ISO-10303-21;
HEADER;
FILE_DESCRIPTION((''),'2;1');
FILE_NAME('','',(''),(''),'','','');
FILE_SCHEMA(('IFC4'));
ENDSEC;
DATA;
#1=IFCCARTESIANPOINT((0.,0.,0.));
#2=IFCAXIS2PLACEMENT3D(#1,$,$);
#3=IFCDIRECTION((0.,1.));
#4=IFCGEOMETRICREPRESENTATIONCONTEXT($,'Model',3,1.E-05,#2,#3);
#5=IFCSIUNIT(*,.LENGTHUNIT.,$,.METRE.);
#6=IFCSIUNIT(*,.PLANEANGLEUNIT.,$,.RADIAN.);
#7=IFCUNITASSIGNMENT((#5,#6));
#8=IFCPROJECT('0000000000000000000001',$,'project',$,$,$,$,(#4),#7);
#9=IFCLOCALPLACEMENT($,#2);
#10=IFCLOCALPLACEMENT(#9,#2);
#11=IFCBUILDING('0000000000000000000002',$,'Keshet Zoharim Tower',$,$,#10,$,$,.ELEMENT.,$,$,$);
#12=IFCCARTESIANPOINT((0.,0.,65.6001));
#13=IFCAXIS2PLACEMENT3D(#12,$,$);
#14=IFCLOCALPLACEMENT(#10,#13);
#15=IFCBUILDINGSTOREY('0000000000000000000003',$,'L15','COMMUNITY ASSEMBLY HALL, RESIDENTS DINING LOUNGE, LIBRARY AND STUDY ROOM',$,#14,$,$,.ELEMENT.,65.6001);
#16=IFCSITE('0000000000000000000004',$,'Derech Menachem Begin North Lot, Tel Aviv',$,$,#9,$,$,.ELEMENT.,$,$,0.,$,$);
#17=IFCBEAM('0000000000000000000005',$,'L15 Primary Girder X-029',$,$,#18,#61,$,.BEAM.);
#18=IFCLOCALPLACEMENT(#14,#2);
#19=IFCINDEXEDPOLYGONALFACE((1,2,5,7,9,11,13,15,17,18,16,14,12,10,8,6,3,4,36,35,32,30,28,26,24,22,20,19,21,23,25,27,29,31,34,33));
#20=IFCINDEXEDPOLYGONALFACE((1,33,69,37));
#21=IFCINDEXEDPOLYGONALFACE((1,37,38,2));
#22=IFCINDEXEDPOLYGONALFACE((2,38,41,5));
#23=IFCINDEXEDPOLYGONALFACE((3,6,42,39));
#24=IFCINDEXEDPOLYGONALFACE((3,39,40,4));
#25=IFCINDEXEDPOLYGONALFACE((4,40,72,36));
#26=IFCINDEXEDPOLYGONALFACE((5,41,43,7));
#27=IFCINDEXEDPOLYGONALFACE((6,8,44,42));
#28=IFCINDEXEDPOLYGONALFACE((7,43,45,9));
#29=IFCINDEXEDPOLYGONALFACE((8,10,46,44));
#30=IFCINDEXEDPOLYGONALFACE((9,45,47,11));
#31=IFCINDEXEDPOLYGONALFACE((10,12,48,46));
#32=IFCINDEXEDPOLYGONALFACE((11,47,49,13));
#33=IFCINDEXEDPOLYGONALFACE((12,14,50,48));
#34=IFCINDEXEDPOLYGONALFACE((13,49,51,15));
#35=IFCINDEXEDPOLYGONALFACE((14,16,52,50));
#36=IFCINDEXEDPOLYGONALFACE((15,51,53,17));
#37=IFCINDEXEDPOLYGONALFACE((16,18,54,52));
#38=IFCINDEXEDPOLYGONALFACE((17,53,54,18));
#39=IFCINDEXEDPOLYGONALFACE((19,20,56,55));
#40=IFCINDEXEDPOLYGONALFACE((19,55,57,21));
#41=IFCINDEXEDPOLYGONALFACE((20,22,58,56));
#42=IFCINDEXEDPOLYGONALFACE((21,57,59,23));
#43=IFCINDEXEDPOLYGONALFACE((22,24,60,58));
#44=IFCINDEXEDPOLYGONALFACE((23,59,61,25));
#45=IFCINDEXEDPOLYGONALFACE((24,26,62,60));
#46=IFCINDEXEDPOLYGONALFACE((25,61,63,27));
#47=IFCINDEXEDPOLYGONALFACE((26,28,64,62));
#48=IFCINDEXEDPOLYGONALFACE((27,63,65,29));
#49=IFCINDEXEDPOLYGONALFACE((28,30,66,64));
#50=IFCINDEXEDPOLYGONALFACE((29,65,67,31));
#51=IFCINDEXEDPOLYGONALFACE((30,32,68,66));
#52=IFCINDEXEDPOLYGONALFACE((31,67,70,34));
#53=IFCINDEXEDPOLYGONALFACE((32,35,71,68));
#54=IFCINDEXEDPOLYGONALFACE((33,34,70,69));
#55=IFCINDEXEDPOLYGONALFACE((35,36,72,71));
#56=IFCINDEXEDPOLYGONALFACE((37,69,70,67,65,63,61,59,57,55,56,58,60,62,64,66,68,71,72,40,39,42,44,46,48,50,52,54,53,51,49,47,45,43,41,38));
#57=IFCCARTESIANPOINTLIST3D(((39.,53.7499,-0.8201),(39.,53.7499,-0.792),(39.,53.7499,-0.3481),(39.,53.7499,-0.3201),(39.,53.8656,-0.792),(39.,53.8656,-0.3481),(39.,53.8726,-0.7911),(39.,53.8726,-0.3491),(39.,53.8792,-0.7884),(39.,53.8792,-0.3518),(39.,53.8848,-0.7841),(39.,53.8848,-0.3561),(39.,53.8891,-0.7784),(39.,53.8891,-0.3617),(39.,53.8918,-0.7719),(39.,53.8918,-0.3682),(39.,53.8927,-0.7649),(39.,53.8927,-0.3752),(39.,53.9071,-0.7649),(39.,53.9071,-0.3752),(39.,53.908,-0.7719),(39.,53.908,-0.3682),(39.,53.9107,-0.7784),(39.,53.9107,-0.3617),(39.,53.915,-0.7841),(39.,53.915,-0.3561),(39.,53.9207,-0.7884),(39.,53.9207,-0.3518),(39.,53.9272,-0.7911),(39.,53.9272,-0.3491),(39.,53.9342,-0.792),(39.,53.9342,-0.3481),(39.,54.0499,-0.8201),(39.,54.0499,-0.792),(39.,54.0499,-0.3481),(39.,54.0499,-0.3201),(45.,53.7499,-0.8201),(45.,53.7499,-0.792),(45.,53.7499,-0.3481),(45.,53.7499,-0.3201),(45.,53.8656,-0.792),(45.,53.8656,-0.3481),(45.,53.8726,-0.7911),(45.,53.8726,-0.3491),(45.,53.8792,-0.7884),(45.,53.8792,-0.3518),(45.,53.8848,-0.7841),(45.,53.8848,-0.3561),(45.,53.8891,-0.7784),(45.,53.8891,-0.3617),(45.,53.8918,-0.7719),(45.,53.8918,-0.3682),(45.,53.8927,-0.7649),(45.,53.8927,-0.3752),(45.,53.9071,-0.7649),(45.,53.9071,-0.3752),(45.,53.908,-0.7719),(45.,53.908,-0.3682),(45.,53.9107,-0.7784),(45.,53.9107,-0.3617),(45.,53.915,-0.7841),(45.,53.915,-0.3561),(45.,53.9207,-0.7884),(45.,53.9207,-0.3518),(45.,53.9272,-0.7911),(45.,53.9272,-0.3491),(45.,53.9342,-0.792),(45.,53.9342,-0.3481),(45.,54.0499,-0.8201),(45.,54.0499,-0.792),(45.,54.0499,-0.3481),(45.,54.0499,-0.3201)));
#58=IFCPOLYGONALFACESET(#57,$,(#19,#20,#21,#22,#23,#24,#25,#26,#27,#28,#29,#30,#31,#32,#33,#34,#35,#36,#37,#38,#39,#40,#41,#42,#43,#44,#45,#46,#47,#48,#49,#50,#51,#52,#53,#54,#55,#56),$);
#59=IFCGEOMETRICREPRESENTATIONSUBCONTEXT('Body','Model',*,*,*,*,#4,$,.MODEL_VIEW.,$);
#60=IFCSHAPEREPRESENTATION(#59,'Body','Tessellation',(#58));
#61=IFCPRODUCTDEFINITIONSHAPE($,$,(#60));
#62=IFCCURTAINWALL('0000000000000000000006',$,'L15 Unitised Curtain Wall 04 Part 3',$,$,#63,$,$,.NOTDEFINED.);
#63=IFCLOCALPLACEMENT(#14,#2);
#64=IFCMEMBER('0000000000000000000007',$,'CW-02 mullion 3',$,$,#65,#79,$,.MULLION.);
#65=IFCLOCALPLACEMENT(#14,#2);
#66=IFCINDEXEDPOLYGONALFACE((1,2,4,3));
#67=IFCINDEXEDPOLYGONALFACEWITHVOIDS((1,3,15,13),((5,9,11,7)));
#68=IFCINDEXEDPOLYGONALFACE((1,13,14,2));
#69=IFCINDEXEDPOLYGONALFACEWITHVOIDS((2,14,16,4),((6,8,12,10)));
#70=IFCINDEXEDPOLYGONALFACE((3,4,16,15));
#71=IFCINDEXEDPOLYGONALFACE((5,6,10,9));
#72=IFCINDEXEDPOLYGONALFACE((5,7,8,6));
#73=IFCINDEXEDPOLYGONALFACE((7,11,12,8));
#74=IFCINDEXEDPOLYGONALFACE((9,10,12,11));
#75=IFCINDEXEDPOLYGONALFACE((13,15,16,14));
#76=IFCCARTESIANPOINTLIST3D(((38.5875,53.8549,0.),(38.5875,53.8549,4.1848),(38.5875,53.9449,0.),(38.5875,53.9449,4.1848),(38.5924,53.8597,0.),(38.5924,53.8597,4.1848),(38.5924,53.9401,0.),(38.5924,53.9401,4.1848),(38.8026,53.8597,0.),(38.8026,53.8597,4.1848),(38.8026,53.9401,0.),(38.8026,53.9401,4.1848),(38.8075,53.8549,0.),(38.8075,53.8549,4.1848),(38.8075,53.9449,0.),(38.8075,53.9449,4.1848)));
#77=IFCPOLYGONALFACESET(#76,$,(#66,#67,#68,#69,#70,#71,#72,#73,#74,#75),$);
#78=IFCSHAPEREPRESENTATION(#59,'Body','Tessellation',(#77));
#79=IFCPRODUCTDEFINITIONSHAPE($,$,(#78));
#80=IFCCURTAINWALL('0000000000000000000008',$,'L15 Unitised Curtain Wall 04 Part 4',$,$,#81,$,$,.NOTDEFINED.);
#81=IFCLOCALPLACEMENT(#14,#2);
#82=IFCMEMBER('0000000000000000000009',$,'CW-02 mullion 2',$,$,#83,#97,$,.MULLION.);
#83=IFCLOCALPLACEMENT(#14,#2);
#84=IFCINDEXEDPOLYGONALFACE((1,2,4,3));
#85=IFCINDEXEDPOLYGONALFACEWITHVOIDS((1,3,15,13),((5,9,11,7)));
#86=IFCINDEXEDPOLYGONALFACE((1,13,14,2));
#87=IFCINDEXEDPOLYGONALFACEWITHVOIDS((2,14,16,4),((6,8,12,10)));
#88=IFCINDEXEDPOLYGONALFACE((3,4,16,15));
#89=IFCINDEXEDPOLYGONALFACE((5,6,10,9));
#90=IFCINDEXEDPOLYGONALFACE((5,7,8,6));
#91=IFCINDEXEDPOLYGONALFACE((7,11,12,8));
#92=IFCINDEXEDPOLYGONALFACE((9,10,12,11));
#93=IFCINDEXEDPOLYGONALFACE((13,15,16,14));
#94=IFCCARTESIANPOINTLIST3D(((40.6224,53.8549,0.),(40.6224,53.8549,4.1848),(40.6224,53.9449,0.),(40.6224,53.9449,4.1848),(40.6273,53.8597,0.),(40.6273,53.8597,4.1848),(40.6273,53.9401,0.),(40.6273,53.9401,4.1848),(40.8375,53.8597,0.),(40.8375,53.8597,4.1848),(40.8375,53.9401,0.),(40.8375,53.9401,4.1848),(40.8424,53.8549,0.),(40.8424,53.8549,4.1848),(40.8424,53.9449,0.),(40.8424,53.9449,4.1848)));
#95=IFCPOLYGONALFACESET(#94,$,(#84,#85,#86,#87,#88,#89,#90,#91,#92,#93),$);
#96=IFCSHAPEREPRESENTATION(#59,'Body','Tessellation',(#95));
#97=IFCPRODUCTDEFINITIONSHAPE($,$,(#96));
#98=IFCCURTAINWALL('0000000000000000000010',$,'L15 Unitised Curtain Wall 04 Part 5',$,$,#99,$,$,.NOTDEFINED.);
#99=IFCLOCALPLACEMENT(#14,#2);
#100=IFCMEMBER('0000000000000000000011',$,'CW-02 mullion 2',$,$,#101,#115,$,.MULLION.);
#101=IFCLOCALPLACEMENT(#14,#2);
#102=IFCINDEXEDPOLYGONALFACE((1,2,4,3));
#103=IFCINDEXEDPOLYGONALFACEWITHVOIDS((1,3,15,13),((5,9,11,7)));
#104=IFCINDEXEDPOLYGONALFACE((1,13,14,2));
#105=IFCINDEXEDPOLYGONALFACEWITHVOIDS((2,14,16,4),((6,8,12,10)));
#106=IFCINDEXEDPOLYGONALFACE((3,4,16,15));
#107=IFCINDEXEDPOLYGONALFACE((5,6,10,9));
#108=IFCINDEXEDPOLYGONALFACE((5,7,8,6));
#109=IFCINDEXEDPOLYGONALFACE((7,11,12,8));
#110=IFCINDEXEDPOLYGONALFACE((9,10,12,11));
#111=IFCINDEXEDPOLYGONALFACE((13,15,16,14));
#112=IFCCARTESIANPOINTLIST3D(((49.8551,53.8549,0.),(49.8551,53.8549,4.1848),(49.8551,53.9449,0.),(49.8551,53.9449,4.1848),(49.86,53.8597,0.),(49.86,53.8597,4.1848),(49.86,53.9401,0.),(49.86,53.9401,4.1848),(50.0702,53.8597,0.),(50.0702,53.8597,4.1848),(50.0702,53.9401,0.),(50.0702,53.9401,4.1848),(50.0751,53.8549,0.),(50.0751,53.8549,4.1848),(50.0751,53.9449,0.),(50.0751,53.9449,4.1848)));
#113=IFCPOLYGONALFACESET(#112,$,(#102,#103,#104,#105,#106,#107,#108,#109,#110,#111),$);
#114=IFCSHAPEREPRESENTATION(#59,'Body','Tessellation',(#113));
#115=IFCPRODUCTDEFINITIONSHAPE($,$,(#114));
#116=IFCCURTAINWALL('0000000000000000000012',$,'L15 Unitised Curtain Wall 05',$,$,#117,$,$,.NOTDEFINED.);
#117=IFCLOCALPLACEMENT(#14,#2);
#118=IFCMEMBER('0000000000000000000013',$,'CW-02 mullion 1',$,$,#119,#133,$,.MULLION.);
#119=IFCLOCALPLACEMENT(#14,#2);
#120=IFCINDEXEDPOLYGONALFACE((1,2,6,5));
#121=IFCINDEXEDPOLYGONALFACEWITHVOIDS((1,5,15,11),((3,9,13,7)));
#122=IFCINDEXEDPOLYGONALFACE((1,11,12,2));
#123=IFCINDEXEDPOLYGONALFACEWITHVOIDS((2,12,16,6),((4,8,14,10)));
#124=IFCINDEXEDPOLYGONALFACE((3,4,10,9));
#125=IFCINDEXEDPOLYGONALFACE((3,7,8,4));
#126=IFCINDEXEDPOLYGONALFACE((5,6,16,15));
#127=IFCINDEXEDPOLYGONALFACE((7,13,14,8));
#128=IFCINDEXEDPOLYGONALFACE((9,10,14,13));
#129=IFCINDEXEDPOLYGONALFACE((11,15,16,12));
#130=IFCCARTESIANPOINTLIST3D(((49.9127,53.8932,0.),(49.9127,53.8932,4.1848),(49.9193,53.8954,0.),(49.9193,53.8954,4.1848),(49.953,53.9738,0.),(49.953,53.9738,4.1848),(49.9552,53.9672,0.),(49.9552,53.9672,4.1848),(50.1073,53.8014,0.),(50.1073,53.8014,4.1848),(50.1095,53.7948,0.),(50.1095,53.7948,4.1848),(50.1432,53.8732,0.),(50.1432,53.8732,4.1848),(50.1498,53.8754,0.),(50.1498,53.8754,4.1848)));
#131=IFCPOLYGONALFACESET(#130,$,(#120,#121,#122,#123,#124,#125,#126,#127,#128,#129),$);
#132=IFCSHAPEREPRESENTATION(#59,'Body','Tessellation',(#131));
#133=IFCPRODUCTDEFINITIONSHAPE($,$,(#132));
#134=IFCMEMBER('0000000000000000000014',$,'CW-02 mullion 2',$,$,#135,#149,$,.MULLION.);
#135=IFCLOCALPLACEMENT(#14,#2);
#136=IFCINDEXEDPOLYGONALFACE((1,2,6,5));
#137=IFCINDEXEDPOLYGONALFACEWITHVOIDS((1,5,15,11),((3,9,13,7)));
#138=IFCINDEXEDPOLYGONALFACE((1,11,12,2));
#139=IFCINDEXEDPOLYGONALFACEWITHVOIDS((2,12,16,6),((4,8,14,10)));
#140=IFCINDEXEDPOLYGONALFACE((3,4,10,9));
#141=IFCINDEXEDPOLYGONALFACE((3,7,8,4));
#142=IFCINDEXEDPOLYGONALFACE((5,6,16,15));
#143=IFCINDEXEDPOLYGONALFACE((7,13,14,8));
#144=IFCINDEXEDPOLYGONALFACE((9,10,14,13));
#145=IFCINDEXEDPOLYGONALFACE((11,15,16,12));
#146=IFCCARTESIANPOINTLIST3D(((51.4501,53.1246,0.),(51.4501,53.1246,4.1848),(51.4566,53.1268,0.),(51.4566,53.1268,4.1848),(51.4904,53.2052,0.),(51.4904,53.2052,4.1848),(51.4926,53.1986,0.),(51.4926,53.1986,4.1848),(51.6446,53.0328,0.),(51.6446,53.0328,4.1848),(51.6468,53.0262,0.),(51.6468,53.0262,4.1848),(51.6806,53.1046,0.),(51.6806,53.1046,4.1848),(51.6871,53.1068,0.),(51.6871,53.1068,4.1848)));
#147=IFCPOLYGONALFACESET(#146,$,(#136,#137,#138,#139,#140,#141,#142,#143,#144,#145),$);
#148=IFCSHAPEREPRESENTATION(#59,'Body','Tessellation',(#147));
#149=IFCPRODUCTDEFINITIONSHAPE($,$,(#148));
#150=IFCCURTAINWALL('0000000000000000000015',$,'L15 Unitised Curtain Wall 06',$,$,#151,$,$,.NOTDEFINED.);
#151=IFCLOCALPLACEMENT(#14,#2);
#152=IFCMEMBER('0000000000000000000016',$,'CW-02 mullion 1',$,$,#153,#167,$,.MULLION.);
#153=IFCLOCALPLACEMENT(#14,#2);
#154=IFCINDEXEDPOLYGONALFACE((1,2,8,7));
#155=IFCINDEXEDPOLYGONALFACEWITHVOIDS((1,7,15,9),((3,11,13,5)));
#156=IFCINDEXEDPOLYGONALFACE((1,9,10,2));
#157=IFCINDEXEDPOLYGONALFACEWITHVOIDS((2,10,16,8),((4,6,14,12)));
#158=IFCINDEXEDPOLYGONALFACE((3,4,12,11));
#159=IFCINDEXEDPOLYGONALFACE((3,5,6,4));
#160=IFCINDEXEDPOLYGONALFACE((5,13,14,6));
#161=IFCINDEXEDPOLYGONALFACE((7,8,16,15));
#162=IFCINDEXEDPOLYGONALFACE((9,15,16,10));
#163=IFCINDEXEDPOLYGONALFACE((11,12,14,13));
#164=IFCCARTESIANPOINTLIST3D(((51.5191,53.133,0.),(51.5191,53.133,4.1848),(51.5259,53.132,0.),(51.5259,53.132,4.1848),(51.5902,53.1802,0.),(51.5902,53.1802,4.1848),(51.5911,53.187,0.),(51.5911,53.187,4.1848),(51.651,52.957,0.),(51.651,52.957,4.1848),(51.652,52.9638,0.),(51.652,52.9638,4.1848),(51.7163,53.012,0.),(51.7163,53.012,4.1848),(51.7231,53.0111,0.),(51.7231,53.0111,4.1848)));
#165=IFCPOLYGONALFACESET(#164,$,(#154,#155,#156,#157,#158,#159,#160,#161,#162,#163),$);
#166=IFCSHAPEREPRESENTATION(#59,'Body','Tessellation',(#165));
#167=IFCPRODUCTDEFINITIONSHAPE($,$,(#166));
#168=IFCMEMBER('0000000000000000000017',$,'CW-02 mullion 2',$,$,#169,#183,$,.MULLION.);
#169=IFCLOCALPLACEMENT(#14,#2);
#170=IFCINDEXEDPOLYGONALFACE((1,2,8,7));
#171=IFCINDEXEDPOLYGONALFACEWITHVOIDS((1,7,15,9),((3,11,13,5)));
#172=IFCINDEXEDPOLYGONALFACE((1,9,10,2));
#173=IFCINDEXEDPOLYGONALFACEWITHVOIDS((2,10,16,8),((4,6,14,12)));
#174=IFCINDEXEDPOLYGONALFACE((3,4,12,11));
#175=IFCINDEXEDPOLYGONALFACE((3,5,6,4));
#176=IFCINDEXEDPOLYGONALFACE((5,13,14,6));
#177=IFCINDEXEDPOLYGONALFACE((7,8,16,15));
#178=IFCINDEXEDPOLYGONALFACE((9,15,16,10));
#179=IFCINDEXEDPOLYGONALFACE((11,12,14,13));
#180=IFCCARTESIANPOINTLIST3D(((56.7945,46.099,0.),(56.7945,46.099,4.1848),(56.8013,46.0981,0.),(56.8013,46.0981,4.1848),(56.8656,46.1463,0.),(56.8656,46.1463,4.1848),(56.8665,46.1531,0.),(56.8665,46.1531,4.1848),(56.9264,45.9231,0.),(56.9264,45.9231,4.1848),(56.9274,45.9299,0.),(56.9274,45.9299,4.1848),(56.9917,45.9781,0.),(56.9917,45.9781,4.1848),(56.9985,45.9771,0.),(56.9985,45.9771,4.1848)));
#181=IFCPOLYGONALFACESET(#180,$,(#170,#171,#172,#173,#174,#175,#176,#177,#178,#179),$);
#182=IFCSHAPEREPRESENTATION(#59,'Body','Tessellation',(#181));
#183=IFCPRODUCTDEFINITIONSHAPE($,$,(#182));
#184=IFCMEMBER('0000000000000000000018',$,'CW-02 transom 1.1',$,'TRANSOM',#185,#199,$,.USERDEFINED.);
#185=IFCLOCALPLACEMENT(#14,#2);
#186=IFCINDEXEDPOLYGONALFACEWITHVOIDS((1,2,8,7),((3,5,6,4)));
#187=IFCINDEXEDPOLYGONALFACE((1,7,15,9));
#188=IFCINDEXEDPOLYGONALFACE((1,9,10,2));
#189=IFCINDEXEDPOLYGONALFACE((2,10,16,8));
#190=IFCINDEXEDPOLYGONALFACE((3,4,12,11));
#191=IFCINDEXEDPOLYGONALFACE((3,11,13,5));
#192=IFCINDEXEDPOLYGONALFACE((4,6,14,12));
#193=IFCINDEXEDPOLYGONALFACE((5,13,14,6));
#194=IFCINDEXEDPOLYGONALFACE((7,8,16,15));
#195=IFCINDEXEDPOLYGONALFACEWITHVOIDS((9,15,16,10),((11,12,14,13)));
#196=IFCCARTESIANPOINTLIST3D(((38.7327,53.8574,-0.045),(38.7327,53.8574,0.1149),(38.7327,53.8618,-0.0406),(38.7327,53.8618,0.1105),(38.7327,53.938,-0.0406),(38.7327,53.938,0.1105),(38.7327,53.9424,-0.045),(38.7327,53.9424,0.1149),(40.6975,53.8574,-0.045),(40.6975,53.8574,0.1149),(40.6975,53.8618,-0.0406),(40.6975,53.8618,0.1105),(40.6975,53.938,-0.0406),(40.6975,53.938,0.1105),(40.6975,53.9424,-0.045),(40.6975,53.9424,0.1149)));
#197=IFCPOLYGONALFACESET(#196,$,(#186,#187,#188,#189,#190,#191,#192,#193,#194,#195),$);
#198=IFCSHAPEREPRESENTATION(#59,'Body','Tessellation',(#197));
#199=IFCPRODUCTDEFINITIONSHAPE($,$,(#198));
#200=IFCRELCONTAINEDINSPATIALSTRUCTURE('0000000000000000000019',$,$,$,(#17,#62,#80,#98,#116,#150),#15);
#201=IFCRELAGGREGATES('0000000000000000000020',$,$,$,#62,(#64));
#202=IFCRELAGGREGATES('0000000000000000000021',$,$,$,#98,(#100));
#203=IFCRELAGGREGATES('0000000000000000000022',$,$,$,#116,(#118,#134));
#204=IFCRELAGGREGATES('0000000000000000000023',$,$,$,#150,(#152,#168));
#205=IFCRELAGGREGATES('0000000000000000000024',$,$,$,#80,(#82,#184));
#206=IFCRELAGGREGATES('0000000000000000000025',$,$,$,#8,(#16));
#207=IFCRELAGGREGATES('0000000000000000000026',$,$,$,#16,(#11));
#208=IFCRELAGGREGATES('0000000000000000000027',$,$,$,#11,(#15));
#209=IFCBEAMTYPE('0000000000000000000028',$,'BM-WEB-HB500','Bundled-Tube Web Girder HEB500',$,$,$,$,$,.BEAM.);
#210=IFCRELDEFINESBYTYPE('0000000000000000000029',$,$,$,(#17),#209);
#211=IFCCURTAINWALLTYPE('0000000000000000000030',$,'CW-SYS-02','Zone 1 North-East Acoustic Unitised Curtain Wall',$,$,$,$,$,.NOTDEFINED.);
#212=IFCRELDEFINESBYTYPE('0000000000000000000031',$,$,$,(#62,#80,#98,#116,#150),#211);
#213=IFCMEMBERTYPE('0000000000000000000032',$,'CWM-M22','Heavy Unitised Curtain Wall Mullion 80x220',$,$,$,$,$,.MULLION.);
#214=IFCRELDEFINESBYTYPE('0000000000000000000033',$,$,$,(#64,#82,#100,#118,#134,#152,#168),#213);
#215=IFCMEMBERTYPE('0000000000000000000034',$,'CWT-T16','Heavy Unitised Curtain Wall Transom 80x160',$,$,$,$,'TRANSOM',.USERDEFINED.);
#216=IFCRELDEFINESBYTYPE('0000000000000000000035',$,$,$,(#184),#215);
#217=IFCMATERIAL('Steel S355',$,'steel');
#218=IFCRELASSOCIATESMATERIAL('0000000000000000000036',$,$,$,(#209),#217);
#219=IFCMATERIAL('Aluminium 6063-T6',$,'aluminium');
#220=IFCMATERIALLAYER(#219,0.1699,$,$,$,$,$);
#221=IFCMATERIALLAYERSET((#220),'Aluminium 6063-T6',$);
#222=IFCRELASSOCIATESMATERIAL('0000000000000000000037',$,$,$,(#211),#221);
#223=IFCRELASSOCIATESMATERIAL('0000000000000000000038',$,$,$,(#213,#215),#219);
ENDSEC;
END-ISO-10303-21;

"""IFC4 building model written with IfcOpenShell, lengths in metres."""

from ifc_helpers import new_model, si_unit, direction, frame, origin, origin_2d, place, context, subcontext, project, spatial, hollow_rectangle, i_section, extrude, material, layer, layer_set, material_profile, profile_set, type_object, element, aggregate, save


model = new_model("IFC4")

# Units and contexts
model_context = context("Model", 3, precision=1e-05, world=origin(), true_north=direction((0.0, 1.0)))
body_context = subcontext(model_context, "Body", "Model", "MODEL_VIEW")
ifc_project = project(units=[si_unit("LENGTHUNIT", "METRE"), si_unit("PLANEANGLEUNIT", "RADIAN")], contexts=[model_context])

# Site, building, storey
site_placement = place(None, origin())
site = spatial("IfcSite", under=ifc_project, at=site_placement, Name="Derech Menachem Begin North Lot, Tel Aviv", CompositionType="ELEMENT", RefElevation=0.0)
building_placement = place(site_placement, origin())
building = spatial("IfcBuilding", under=site, at=building_placement, Name="Keshet Zoharim Tower", CompositionType="ELEMENT")
storey_placement = place(building_placement, frame((0.0, 0.0, 65.6001)))
storey = spatial("IfcBuildingStorey", under=building, at=storey_placement, Name="L15", Description="COMMUNITY ASSEMBLY HALL, RESIDENTS DINING LOUNGE, LIBRARY AND STUDY ROOM", CompositionType="ELEMENT", Elevation=65.6001)

# Shared definitions
ifc_material_1 = material(Name="Steel S355", Category="steel")

# Beam
ifc_material_profile_1 = material_profile(ifc_material_1, i_section(OverallWidth=0.3, OverallDepth=0.5, WebThickness=0.0144, FlangeThickness=0.0281, FilletRadius=0.0271, at=origin_2d()), Name="HEB500")
ifc_profile_set_1 = profile_set([ifc_material_profile_1], Name="Steel S355")
beam_type_1 = type_object("IfcBeamType", Name="BM-WEB-HB500", Description="Bundled-Tube Web Girder HEB500", PredefinedType="BEAM", material=ifc_profile_set_1)
beam_1_placement = place(storey_placement, frame((39.0, 53.8999, -0.5701), z_axis=(1.0, 0.0, 0.0), x_axis=(0.0, 1.0, 0.0)))
element("IfcBeam", 1, at=beam_1_placement, inside=storey, type_object=beam_type_1, Name="L15 Primary Girder X-029", PredefinedType="BEAM", context=body_context, shape_type="SweptSolid", body=[
    extrude(i_section(OverallWidth=0.3, OverallDepth=0.5, WebThickness=0.0144, FlangeThickness=0.0281, FilletRadius=0.0271, at=origin_2d()), origin(), (0.0, 0.0, 1.0), 6.0),
])

# Curtain walls, members
ifc_material_2 = material(Name="Aluminium 6063-T6", Category="aluminium")
ifc_layer_1 = layer(ifc_material_2, 0.1699)
ifc_layer_set_1 = layer_set([ifc_layer_1], Name="Aluminium 6063-T6")
curtain_wall_type = type_object("IfcCurtainWallType", Name="CW-SYS-02", Description="Zone 1 North-East Acoustic Unitised Curtain Wall", PredefinedType="NOTDEFINED", material=ifc_layer_set_1)
curtain_wall_1_placement = place(storey_placement, origin())
curtain_wall_1 = element("IfcCurtainWall", 2, at=curtain_wall_1_placement, inside=storey, type_object=curtain_wall_type, Name="L15 Unitised Curtain Wall 04 Part 3", PredefinedType="NOTDEFINED")
ifc_material_profile_2 = material_profile(ifc_material_2, hollow_rectangle(XDim=0.0901, YDim=0.22, WallThickness=0.0049, at=origin_2d()), Name="MUL-90x220")
ifc_profile_set_2 = profile_set([ifc_material_profile_2], Name="Aluminium 6063-T6")
member_type_1 = type_object("IfcMemberType", Name="CWM-M22", Description="Heavy Unitised Curtain Wall Mullion 80x220", PredefinedType="MULLION", material=ifc_profile_set_2)
member_1_placement = place(storey_placement, frame((38.6975, 53.8999, 0.0), z_axis=(0.0, 0.0, 1.0), x_axis=(0.0, 1.0, 0.0)))
member_1 = element("IfcMember", 3, at=member_1_placement, type_object=member_type_1, Name="CW-02 mullion 3", PredefinedType="MULLION", context=body_context, shape_type="SweptSolid", body=[
    extrude(hollow_rectangle(XDim=0.0901, YDim=0.22, WallThickness=0.0049, at=origin_2d()), origin(), (0.0, 0.0, 1.0), 4.1848),
])
curtain_wall_2_placement = place(storey_placement, origin())
curtain_wall_2 = element("IfcCurtainWall", 4, at=curtain_wall_2_placement, inside=storey, type_object=curtain_wall_type, Name="L15 Unitised Curtain Wall 04 Part 4", PredefinedType="NOTDEFINED")
member_2_placement = place(storey_placement, frame((40.7324, 53.8999, 0.0), z_axis=(0.0, 0.0, 1.0), x_axis=(0.0, 1.0, 0.0)))
member_2 = element("IfcMember", 5, at=member_2_placement, type_object=member_type_1, Name="CW-02 mullion 2", PredefinedType="MULLION", context=body_context, shape_type="SweptSolid", body=[
    extrude(hollow_rectangle(XDim=0.0901, YDim=0.22, WallThickness=0.0049, at=origin_2d()), origin(), (0.0, 0.0, 1.0), 4.1848),
])
curtain_wall_3_placement = place(storey_placement, origin())
curtain_wall_3 = element("IfcCurtainWall", 6, at=curtain_wall_3_placement, inside=storey, type_object=curtain_wall_type, Name="L15 Unitised Curtain Wall 04 Part 5", PredefinedType="NOTDEFINED")
member_3_placement = place(storey_placement, frame((49.9651, 53.8999, 0.0), z_axis=(0.0, 0.0, 1.0), x_axis=(0.0, 1.0, 0.0)))
member_3 = element("IfcMember", 7, at=member_3_placement, type_object=member_type_1, Name="CW-02 mullion 2", PredefinedType="MULLION", context=body_context, shape_type="SweptSolid", body=[
    extrude(hollow_rectangle(XDim=0.0901, YDim=0.22, WallThickness=0.0049, at=origin_2d()), origin(), (0.0, 0.0, 1.0), 4.1848),
])

# Curtain walls, members
curtain_wall_4_placement = place(storey_placement, origin())
curtain_wall_4 = element("IfcCurtainWall", 8, at=curtain_wall_4_placement, inside=storey, type_object=curtain_wall_type, Name="L15 Unitised Curtain Wall 05", PredefinedType="NOTDEFINED")
member_4_placement = place(storey_placement, frame((50.0312, 53.8843, 0.0), z_axis=(0.0, 0.0, 1.0), x_axis=(0.447214, 0.894427, 0.0)))
member_4 = element("IfcMember", 9, at=member_4_placement, type_object=member_type_1, Name="CW-02 mullion 1", PredefinedType="MULLION", context=body_context, shape_type="SweptSolid", body=[
    extrude(hollow_rectangle(XDim=0.0901, YDim=0.22, WallThickness=0.0049, at=origin_2d()), origin(), (0.0, 0.0, 1.0), 4.1848),
])
member_5_placement = place(storey_placement, frame((51.5686, 53.1157, 0.0), z_axis=(0.0, 0.0, 1.0), x_axis=(0.447214, 0.894427, 0.0)))
member_5 = element("IfcMember", 10, at=member_5_placement, type_object=member_type_1, Name="CW-02 mullion 2", PredefinedType="MULLION", context=body_context, shape_type="SweptSolid", body=[
    extrude(hollow_rectangle(XDim=0.0901, YDim=0.22, WallThickness=0.0049, at=origin_2d()), origin(), (0.0, 0.0, 1.0), 4.1848),
])
curtain_wall_5_placement = place(storey_placement, origin())
curtain_wall_5 = element("IfcCurtainWall", 11, at=curtain_wall_5_placement, inside=storey, type_object=curtain_wall_type, Name="L15 Unitised Curtain Wall 06", PredefinedType="NOTDEFINED")
member_6_placement = place(storey_placement, frame((51.6211, 53.072, 0.0), z_axis=(0.0, 0.0, 1.0), x_axis=(0.8, 0.6, 0.0)))
member_6 = element("IfcMember", 12, at=member_6_placement, type_object=member_type_1, Name="CW-02 mullion 1", PredefinedType="MULLION", context=body_context, shape_type="SweptSolid", body=[
    extrude(hollow_rectangle(XDim=0.0901, YDim=0.22, WallThickness=0.0049, at=origin_2d()), origin(), (0.0, 0.0, 1.0), 4.1848),
])
member_7_placement = place(storey_placement, frame((56.8965, 46.0381, 0.0), z_axis=(0.0, 0.0, 1.0), x_axis=(0.8, 0.6, 0.0)))
member_7 = element("IfcMember", 13, at=member_7_placement, type_object=member_type_1, Name="CW-02 mullion 2", PredefinedType="MULLION", context=body_context, shape_type="SweptSolid", body=[
    extrude(hollow_rectangle(XDim=0.0901, YDim=0.22, WallThickness=0.0049, at=origin_2d()), origin(), (0.0, 0.0, 1.0), 4.1848),
])

# Member
ifc_material_profile_3 = material_profile(ifc_material_2, hollow_rectangle(XDim=0.085, YDim=0.1599, WallThickness=0.0044, at=origin_2d()), Name="TRN-85x160")
ifc_profile_set_3 = profile_set([ifc_material_profile_3], Name="Aluminium 6063-T6")
member_type_2 = type_object("IfcMemberType", Name="CWT-T16", Description="Heavy Unitised Curtain Wall Transom 80x160", ElementType="TRANSOM", PredefinedType="USERDEFINED", material=ifc_profile_set_3)
member_8_placement = place(storey_placement, frame((38.7327, 53.8999, 0.0349), z_axis=(1.0, 0.0, 0.0), x_axis=(0.0, 1.0, 0.0)))
member_8 = element("IfcMember", 14, at=member_8_placement, type_object=member_type_2, Name="CW-02 transom 1.1", ObjectType="TRANSOM", PredefinedType="USERDEFINED", context=body_context, shape_type="SweptSolid", body=[
    extrude(hollow_rectangle(XDim=0.085, YDim=0.1599, WallThickness=0.0044, at=origin_2d()), origin(), (0.0, 0.0, 1.0), 1.9648),
])

aggregate(curtain_wall_1, [member_1])
aggregate(curtain_wall_3, [member_3])
aggregate(curtain_wall_4, [member_4, member_5])
aggregate(curtain_wall_5, [member_6, member_7])
aggregate(curtain_wall_2, [member_2, member_8])

save(model, "model.ifc")
